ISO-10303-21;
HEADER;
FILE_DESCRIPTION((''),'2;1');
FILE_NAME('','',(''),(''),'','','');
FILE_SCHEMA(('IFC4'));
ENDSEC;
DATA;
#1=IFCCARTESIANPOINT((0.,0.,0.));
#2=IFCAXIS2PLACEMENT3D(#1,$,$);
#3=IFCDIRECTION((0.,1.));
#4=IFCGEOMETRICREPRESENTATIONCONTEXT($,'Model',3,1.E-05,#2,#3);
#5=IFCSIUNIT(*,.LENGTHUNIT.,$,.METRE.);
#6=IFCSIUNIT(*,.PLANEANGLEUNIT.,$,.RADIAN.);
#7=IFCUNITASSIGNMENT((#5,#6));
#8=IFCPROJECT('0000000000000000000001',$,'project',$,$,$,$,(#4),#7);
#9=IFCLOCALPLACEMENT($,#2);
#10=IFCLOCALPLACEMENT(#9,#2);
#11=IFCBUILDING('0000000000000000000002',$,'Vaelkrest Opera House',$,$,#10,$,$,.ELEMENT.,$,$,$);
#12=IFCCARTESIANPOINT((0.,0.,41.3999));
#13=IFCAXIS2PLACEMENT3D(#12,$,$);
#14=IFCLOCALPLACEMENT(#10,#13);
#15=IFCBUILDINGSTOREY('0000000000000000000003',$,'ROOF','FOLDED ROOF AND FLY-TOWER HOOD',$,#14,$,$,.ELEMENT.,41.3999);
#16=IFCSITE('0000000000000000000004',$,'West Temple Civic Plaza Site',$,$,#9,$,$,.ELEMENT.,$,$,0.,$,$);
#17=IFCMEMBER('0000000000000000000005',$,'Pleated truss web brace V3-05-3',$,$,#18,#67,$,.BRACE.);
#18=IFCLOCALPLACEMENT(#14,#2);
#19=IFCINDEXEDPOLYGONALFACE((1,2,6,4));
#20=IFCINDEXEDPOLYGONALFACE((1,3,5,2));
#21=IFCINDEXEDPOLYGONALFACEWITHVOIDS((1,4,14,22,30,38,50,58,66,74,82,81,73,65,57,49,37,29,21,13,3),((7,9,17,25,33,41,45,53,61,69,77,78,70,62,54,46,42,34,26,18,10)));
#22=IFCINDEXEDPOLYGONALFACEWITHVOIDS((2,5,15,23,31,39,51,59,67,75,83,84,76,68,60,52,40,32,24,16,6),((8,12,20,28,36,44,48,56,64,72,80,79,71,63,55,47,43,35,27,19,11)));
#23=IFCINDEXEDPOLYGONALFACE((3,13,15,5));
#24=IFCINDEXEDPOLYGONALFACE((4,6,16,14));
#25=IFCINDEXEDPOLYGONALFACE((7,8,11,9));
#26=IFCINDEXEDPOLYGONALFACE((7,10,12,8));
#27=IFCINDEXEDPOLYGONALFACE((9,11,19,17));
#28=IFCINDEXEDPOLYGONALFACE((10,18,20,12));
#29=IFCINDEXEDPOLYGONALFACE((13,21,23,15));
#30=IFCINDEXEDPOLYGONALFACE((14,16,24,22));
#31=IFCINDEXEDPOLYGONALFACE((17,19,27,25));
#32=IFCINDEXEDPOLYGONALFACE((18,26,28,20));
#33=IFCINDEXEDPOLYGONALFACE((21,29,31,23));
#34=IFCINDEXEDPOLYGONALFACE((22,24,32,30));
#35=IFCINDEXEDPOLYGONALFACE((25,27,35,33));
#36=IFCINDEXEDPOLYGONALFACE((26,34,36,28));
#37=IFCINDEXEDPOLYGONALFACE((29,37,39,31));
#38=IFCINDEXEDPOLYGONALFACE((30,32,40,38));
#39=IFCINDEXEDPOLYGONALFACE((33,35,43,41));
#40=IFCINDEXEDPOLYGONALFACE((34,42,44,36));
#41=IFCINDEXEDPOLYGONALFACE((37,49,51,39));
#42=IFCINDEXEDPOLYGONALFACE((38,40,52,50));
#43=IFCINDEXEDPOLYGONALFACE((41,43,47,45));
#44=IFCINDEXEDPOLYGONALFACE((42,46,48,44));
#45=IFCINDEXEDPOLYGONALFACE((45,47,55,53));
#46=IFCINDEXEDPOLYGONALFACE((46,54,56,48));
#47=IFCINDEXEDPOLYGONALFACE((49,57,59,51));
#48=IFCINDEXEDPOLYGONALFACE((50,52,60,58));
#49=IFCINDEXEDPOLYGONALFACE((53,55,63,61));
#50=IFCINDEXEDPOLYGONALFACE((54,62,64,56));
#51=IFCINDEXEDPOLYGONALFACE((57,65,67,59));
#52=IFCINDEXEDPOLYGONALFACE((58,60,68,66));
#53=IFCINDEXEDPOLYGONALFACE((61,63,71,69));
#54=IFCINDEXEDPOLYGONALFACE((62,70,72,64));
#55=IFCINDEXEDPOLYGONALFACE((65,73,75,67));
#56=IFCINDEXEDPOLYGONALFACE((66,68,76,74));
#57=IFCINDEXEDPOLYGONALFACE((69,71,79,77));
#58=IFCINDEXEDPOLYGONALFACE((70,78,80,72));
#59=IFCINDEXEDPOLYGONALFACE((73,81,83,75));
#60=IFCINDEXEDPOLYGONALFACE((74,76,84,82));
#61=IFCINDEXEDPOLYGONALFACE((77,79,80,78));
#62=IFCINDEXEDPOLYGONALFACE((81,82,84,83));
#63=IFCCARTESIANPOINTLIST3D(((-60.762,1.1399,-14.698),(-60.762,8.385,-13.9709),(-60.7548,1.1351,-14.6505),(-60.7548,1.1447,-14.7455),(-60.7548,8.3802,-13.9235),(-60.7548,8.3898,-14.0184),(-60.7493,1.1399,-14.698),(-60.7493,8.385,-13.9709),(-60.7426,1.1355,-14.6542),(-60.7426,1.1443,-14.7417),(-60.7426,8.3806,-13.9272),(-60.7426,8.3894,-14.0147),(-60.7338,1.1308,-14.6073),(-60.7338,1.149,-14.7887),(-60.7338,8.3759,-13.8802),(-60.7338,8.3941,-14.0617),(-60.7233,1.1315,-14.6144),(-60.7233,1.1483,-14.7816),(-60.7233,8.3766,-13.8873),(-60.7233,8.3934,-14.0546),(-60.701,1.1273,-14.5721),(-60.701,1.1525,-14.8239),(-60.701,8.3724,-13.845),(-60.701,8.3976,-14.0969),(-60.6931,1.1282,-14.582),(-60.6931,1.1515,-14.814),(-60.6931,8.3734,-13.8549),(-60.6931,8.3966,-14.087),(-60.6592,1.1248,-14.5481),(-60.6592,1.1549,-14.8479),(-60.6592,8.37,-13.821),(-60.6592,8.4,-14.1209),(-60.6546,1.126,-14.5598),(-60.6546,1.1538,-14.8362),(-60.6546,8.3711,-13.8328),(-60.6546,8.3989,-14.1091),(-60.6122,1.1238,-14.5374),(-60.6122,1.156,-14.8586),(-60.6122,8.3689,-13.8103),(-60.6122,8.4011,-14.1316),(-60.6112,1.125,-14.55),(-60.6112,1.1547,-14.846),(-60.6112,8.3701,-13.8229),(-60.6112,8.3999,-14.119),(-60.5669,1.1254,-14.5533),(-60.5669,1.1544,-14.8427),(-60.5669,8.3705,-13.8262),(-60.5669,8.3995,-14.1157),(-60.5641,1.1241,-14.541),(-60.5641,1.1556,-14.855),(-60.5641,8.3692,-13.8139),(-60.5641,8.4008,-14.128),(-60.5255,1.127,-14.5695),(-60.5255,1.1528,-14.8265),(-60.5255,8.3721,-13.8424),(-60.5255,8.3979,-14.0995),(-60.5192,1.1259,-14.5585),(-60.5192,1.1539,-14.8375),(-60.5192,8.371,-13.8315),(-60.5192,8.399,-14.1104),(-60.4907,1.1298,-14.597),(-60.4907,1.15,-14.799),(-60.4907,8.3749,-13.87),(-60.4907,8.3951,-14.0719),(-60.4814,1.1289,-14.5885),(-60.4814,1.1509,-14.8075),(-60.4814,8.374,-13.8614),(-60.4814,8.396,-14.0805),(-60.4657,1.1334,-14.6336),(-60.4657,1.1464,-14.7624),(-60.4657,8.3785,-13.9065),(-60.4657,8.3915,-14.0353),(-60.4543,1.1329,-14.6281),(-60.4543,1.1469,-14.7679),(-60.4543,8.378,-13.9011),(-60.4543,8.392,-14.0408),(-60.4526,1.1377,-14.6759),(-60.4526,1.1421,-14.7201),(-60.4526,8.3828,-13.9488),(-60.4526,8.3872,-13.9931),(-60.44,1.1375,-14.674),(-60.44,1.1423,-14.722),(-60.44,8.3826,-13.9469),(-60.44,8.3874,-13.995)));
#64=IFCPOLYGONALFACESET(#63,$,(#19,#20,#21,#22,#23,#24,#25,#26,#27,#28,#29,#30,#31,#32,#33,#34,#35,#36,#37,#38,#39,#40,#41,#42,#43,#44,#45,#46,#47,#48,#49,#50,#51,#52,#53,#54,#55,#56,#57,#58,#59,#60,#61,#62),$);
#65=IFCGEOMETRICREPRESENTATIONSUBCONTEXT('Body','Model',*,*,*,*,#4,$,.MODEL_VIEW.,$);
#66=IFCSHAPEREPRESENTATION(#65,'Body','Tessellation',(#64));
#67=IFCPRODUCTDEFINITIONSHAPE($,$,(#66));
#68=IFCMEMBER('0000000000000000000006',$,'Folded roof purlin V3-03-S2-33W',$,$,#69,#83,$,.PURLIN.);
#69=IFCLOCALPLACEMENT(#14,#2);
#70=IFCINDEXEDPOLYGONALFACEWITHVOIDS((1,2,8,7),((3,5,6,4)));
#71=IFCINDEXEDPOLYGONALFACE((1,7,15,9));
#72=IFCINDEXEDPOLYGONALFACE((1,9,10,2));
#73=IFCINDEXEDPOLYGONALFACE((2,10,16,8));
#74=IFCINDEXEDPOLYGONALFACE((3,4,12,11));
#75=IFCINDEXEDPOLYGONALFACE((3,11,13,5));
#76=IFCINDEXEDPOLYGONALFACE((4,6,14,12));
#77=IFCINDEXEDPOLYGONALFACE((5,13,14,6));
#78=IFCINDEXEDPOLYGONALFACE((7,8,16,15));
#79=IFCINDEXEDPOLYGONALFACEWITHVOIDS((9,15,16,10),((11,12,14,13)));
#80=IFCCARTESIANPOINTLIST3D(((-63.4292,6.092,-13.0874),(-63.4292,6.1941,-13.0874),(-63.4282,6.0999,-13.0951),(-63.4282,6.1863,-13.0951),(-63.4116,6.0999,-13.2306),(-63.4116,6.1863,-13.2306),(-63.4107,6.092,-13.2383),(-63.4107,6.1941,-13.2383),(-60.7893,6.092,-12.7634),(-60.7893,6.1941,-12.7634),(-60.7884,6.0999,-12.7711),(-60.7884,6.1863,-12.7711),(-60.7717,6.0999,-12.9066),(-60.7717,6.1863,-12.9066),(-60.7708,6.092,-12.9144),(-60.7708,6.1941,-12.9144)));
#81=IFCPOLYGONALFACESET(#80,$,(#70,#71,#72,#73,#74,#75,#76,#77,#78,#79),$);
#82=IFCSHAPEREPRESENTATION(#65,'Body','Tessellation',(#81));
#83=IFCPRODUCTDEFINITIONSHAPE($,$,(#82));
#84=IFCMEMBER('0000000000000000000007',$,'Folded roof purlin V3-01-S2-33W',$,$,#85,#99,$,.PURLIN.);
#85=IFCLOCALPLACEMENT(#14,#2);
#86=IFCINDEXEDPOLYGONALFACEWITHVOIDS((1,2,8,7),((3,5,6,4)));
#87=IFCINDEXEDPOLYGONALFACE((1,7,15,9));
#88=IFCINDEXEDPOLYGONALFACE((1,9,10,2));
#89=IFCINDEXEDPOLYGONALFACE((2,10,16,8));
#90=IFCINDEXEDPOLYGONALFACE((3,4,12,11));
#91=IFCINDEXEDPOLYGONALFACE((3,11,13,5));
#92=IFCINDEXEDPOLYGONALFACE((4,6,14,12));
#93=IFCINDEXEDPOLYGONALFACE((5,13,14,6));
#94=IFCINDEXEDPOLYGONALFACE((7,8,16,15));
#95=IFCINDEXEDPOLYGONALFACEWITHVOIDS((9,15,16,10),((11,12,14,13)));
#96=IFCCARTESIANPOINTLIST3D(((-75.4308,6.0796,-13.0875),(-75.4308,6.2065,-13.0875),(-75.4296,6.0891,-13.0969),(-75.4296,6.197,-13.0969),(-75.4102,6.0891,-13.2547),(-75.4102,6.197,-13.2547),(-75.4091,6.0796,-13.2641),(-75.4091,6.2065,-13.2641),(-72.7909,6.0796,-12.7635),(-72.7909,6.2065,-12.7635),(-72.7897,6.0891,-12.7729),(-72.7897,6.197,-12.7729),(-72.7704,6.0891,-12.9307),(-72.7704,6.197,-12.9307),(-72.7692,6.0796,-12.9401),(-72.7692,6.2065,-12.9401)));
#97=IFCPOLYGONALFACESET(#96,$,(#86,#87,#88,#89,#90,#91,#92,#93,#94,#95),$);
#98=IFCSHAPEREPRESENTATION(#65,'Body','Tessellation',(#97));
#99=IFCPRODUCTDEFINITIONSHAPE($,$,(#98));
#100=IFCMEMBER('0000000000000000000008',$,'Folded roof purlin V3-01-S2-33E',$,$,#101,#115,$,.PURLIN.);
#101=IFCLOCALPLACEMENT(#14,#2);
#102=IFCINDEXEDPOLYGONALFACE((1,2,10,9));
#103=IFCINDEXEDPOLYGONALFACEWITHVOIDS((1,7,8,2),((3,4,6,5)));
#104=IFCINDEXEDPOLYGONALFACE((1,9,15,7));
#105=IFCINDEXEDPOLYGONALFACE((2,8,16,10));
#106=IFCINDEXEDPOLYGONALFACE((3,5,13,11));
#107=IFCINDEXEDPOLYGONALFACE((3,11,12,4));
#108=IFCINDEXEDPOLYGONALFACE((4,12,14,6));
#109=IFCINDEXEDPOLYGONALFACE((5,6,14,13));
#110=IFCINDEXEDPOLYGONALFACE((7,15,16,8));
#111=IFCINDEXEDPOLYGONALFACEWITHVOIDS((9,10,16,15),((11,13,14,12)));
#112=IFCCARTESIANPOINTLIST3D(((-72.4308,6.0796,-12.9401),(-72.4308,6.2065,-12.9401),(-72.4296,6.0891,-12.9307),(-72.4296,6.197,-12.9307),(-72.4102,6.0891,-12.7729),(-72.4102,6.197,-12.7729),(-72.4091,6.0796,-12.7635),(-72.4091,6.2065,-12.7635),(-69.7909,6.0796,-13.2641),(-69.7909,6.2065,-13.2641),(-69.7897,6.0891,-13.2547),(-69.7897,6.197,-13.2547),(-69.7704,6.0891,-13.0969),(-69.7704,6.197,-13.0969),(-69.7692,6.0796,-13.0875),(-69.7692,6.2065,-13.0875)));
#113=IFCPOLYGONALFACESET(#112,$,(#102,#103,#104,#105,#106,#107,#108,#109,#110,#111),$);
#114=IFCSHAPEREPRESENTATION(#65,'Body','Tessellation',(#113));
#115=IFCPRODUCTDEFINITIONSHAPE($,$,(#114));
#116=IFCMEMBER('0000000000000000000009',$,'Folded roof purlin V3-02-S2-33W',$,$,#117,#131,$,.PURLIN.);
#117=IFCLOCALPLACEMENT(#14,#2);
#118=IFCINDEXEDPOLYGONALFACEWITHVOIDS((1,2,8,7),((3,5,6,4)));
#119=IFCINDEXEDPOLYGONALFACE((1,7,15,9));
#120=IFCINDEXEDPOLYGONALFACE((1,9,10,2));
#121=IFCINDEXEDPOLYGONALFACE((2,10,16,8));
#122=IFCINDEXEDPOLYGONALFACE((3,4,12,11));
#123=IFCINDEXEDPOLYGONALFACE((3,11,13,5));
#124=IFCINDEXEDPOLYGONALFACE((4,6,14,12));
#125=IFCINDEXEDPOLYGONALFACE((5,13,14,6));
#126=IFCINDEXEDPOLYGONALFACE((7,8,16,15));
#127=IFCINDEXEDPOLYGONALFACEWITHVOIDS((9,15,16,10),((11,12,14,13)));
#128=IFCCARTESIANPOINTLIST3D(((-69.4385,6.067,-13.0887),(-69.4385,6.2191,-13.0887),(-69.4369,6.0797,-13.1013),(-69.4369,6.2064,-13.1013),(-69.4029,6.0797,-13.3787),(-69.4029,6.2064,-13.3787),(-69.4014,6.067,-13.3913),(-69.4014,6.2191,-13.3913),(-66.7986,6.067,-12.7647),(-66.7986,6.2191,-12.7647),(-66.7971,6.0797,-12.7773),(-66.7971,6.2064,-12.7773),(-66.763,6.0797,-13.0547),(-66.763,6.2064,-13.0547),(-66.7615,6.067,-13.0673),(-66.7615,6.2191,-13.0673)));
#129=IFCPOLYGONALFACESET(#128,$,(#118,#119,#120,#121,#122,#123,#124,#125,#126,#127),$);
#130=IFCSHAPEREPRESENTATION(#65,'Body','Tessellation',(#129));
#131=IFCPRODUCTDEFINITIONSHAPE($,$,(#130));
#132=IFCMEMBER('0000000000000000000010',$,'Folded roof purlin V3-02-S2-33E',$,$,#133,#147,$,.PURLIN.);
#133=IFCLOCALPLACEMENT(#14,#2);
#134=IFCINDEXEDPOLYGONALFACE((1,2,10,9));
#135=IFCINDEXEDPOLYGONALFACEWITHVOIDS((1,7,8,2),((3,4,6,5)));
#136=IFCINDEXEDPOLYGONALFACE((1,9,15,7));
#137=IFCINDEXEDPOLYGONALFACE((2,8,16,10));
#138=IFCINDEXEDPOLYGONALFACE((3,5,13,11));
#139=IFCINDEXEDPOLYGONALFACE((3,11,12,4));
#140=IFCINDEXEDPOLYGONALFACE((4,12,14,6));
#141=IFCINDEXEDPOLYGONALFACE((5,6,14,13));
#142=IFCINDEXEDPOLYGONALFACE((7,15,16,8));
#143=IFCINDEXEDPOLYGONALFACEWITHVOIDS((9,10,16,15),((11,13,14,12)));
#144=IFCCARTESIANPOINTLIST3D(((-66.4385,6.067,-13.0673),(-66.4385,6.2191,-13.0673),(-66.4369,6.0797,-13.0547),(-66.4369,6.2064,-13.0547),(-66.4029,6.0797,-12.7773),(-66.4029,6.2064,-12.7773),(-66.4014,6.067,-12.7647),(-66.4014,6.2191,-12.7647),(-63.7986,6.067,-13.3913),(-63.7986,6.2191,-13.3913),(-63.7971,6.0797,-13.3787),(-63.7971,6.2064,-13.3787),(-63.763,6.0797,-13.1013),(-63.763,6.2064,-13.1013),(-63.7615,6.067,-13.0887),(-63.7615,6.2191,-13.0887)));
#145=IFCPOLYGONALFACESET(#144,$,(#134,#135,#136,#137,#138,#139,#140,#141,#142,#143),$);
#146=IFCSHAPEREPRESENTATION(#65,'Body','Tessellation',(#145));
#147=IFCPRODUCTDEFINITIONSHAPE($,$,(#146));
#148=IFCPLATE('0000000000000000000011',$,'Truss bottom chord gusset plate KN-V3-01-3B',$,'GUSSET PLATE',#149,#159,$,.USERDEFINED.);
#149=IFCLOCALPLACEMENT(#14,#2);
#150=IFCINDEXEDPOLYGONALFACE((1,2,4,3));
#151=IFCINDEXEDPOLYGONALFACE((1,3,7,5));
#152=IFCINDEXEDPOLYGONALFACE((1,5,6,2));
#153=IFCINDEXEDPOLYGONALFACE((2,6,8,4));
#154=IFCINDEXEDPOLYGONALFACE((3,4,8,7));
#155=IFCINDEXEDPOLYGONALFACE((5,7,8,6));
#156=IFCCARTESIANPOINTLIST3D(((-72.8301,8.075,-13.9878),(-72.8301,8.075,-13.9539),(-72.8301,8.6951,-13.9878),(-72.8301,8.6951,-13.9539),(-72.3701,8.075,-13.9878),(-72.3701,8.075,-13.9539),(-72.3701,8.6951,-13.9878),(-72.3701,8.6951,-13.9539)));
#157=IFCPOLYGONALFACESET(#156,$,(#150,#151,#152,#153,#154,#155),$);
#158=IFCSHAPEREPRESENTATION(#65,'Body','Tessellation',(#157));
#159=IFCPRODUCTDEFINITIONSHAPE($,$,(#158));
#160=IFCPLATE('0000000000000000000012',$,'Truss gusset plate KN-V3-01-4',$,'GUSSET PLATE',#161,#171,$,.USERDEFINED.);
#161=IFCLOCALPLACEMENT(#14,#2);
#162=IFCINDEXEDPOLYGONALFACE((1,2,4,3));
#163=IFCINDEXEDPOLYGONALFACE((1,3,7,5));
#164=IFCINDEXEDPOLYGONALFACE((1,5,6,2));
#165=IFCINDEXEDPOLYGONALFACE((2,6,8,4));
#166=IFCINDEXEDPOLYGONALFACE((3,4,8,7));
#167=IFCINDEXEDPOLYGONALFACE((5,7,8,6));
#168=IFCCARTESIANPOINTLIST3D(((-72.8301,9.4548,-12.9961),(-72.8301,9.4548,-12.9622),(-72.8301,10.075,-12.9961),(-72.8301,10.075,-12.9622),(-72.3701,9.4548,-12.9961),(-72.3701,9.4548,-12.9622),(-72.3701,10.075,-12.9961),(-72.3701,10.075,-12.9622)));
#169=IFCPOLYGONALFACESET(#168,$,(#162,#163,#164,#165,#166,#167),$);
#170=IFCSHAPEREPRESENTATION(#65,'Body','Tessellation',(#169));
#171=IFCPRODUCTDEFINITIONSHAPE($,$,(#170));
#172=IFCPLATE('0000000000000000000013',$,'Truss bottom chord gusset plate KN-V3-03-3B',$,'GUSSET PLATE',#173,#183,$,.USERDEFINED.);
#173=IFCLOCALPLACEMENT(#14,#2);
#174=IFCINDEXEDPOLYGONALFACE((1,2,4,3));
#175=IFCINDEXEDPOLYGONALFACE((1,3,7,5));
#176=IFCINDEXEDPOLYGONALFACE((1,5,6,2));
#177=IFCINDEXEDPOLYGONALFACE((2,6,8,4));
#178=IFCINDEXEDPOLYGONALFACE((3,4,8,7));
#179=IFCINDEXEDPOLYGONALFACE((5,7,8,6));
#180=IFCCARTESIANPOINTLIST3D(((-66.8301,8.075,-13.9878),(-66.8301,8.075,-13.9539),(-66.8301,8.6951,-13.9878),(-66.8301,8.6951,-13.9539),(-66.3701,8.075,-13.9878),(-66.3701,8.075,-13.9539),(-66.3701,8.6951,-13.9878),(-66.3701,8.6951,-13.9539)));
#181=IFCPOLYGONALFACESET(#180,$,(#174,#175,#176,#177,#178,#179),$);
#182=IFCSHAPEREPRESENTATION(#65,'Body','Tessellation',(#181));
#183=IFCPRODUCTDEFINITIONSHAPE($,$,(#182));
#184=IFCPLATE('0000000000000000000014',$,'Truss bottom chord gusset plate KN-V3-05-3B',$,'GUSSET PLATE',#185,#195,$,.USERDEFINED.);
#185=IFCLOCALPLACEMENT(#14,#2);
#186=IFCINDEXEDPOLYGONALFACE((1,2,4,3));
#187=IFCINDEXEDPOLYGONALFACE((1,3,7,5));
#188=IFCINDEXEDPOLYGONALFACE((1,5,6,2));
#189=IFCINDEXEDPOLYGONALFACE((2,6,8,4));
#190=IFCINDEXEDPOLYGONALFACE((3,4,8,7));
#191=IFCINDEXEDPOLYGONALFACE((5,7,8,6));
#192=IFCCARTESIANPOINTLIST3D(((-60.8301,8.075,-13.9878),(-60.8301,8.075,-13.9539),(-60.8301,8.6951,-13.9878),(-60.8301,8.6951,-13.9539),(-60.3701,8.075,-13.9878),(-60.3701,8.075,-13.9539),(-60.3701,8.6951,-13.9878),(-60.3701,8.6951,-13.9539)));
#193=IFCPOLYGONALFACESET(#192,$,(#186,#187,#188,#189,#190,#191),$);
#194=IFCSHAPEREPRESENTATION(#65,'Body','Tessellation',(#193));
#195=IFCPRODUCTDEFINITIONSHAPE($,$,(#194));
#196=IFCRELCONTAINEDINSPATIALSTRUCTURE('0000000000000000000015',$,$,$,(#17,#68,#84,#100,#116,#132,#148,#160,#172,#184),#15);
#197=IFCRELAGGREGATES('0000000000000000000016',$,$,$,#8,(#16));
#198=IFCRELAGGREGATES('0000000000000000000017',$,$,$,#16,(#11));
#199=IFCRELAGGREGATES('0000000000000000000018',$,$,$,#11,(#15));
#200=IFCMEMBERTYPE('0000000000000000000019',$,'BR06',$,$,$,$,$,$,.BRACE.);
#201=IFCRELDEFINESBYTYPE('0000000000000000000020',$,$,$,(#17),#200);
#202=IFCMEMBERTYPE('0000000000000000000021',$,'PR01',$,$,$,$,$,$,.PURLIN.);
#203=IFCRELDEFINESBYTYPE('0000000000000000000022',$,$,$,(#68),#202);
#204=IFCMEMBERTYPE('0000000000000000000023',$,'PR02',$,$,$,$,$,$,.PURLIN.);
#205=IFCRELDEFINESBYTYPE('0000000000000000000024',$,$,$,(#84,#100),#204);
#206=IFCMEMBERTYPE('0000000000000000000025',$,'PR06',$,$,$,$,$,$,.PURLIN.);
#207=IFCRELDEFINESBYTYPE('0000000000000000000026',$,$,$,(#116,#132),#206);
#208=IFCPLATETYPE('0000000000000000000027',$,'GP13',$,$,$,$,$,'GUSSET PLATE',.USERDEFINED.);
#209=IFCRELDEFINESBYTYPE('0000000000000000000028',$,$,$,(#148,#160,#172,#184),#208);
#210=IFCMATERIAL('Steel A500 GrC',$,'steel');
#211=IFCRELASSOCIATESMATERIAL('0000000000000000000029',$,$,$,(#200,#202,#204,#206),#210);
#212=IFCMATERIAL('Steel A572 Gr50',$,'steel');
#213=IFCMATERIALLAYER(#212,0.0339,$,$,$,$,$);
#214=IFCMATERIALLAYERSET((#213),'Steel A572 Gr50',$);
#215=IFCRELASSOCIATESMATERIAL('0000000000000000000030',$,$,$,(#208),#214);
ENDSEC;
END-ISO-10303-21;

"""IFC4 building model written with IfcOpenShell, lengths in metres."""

from ifc_helpers import new_model, si_unit, direction, frame, origin, origin_2d, place, context, subcontext, project, spatial, rectangle, hollow_rectangle, hollow_circle, extrude, material, layer, layer_set, material_profile, profile_set, type_object, element, save


model = new_model("IFC4")

# Units and contexts
model_context = context("Model", 3, precision=1e-05, world=origin(), true_north=direction((0.0, 1.0)))
body_context = subcontext(model_context, "Body", "Model", "MODEL_VIEW")
ifc_project = project(units=[si_unit("LENGTHUNIT", "METRE"), si_unit("PLANEANGLEUNIT", "RADIAN")], contexts=[model_context])

# Site, building, storey
site_placement = place(None, origin())
site = spatial("IfcSite", under=ifc_project, at=site_placement, Name="West Temple Civic Plaza Site", CompositionType="ELEMENT", RefElevation=0.0)
building_placement = place(site_placement, origin())
building = spatial("IfcBuilding", under=site, at=building_placement, Name="Vaelkrest Opera House", CompositionType="ELEMENT")
storey_placement = place(building_placement, frame((0.0, 0.0, 41.3999)))
storey = spatial("IfcBuildingStorey", under=building, at=storey_placement, Name="ROOF", Description="FOLDED ROOF AND FLY-TOWER HOOD", CompositionType="ELEMENT", Elevation=41.3999)

# Members
ifc_material_1 = material(Name="Steel A500 GrC", Category="steel")
ifc_material_profile_1 = material_profile(ifc_material_1, hollow_circle(Radius=0.1619, WallThickness=0.0127, at=origin_2d()), Name="HSS323.9X12.7")
ifc_profile_set_1 = profile_set([ifc_material_profile_1], Name="Steel A500 GrC")
member_type_1 = type_object("IfcMemberType", Name="BR06", PredefinedType="BRACE", material=ifc_profile_set_1)
for number, where, z_axis, x_axis, name in (
    (1, (-60.6001, 1.1399, -14.698), (0.0, 0.995003, 0.099849), (-1.0, 0.0, 0.0), "Pleated truss web brace V3-05-3"),
):
    element("IfcMember", number, at=place(storey_placement, frame(where, z_axis=z_axis, x_axis=x_axis)), inside=storey, type_object=member_type_1, Name=name, PredefinedType="BRACE", context=body_context, shape_type="SweptSolid", body=[
        extrude(hollow_circle(Radius=0.1619, WallThickness=0.0127, at=origin_2d()), origin(), (0.0, 0.0, 1.0), 7.2815),
    ])
ifc_material_profile_2 = material_profile(ifc_material_1, hollow_rectangle(XDim=0.1021, YDim=0.1521, WallThickness=0.0078, at=origin_2d()), Name="HSS152X102X8")
ifc_profile_set_2 = profile_set([ifc_material_profile_2], Name="Steel A500 GrC")
member_type_2 = type_object("IfcMemberType", Name="PR01", PredefinedType="PURLIN", material=ifc_profile_set_2)
member_1_placement = place(storey_placement, frame((-63.4199, 6.1431, -13.1628), z_axis=(0.992554, 0.0, 0.121809), x_axis=(0.0, 1.0, 0.0)))
element("IfcMember", 2, at=member_1_placement, inside=storey, type_object=member_type_2, Name="Folded roof purlin V3-03-S2-33W", PredefinedType="PURLIN", context=body_context, shape_type="SweptSolid", body=[
    extrude(hollow_rectangle(XDim=0.1021, YDim=0.1521, WallThickness=0.0078, at=origin_2d()), origin(), (0.0, 0.0, 1.0), 2.6597),
])
ifc_material_profile_3 = material_profile(ifc_material_1, hollow_rectangle(XDim=0.127, YDim=0.178, WallThickness=0.0095, at=origin_2d()), Name="HSS178X127X9.5")
ifc_profile_set_3 = profile_set([ifc_material_profile_3], Name="Steel A500 GrC")
member_type_3 = type_object("IfcMemberType", Name="PR02", PredefinedType="PURLIN", material=ifc_profile_set_3)
for number, where, z_axis, x_axis, name in (
    (3, (-75.4199, 6.1431, -13.1758), (0.992554, 0.0, 0.121809), (0.0, 1.0, 0.0), "Folded roof purlin V3-01-S2-33W"),
    (4, (-72.4199, 6.1431, -12.8518), (0.992554, 0.0, -0.121809), (0.0, 1.0, 0.0), "Folded roof purlin V3-01-S2-33E"),
):
    element("IfcMember", number, at=place(storey_placement, frame(where, z_axis=z_axis, x_axis=x_axis)), inside=storey, type_object=member_type_3, Name=name, PredefinedType="PURLIN", context=body_context, shape_type="SweptSolid", body=[
        extrude(hollow_rectangle(XDim=0.127, YDim=0.178, WallThickness=0.0095, at=origin_2d()), origin(), (0.0, 0.0, 1.0), 2.6597),
    ])
ifc_material_profile_4 = material_profile(ifc_material_1, hollow_rectangle(XDim=0.1521, YDim=0.3049, WallThickness=0.0127, at=origin_2d()), Name="HSS305X152X12.7")
ifc_profile_set_4 = profile_set([ifc_material_profile_4], Name="Steel A500 GrC")
member_type_4 = type_object("IfcMemberType", Name="PR06", PredefinedType="PURLIN", material=ifc_profile_set_4)
for number, where, z_axis, x_axis, name in (
    (5, (-69.4199, 6.1431, -13.24), (0.992554, 0.0, 0.121809), (0.0, 1.0, 0.0), "Folded roof purlin V3-02-S2-33W"),
    (6, (-66.4199, 6.1431, -12.916), (0.992554, 0.0, -0.121809), (0.0, 1.0, 0.0), "Folded roof purlin V3-02-S2-33E"),
):
    element("IfcMember", number, at=place(storey_placement, frame(where, z_axis=z_axis, x_axis=x_axis)), inside=storey, type_object=member_type_4, Name=name, PredefinedType="PURLIN", context=body_context, shape_type="SweptSolid", body=[
        extrude(hollow_rectangle(XDim=0.1521, YDim=0.3049, WallThickness=0.0127, at=origin_2d()), origin(), (0.0, 0.0, 1.0), 2.6597),
    ])

# Plates
ifc_material_2 = material(Name="Steel A572 Gr50", Category="steel")
ifc_layer_1 = layer(ifc_material_2, 0.0339)
ifc_layer_set_1 = layer_set([ifc_layer_1], Name="Steel A572 Gr50")
plate_type_1 = type_object("IfcPlateType", Name="GP13", ElementType="GUSSET PLATE", PredefinedType="USERDEFINED", material=ifc_layer_set_1)
for number, where, z_axis, x_axis, name in (
    (7, (-72.6001, 8.385, -13.9878), (0.0, 0.0, 1.0), (0.0, 1.0, 0.0), "Truss bottom chord gusset plate KN-V3-01-3B"),
    (8, (-72.6001, 9.7649, -12.9961), (0.0, 0.0, 1.0), (0.0, 1.0, 0.0), "Truss gusset plate KN-V3-01-4"),
    (9, (-66.6001, 8.385, -13.9878), (0.0, 0.0, 1.0), (0.0, 1.0, 0.0), "Truss bottom chord gusset plate KN-V3-03-3B"),
    (10, (-60.6001, 8.385, -13.9878), (0.0, 0.0, 1.0), (0.0, 1.0, 0.0), "Truss bottom chord gusset plate KN-V3-05-3B"),
):
    element("IfcPlate", number, at=place(storey_placement, frame(where, z_axis=z_axis, x_axis=x_axis)), inside=storey, type_object=plate_type_1, Name=name, ObjectType="GUSSET PLATE", PredefinedType="USERDEFINED", context=body_context, shape_type="SweptSolid", body=[
        extrude(rectangle(XDim=0.6201, YDim=0.46, at=origin_2d()), origin(), (0.0, 0.0, 1.0), 0.0339),
    ])

save(model, "model.ifc")
